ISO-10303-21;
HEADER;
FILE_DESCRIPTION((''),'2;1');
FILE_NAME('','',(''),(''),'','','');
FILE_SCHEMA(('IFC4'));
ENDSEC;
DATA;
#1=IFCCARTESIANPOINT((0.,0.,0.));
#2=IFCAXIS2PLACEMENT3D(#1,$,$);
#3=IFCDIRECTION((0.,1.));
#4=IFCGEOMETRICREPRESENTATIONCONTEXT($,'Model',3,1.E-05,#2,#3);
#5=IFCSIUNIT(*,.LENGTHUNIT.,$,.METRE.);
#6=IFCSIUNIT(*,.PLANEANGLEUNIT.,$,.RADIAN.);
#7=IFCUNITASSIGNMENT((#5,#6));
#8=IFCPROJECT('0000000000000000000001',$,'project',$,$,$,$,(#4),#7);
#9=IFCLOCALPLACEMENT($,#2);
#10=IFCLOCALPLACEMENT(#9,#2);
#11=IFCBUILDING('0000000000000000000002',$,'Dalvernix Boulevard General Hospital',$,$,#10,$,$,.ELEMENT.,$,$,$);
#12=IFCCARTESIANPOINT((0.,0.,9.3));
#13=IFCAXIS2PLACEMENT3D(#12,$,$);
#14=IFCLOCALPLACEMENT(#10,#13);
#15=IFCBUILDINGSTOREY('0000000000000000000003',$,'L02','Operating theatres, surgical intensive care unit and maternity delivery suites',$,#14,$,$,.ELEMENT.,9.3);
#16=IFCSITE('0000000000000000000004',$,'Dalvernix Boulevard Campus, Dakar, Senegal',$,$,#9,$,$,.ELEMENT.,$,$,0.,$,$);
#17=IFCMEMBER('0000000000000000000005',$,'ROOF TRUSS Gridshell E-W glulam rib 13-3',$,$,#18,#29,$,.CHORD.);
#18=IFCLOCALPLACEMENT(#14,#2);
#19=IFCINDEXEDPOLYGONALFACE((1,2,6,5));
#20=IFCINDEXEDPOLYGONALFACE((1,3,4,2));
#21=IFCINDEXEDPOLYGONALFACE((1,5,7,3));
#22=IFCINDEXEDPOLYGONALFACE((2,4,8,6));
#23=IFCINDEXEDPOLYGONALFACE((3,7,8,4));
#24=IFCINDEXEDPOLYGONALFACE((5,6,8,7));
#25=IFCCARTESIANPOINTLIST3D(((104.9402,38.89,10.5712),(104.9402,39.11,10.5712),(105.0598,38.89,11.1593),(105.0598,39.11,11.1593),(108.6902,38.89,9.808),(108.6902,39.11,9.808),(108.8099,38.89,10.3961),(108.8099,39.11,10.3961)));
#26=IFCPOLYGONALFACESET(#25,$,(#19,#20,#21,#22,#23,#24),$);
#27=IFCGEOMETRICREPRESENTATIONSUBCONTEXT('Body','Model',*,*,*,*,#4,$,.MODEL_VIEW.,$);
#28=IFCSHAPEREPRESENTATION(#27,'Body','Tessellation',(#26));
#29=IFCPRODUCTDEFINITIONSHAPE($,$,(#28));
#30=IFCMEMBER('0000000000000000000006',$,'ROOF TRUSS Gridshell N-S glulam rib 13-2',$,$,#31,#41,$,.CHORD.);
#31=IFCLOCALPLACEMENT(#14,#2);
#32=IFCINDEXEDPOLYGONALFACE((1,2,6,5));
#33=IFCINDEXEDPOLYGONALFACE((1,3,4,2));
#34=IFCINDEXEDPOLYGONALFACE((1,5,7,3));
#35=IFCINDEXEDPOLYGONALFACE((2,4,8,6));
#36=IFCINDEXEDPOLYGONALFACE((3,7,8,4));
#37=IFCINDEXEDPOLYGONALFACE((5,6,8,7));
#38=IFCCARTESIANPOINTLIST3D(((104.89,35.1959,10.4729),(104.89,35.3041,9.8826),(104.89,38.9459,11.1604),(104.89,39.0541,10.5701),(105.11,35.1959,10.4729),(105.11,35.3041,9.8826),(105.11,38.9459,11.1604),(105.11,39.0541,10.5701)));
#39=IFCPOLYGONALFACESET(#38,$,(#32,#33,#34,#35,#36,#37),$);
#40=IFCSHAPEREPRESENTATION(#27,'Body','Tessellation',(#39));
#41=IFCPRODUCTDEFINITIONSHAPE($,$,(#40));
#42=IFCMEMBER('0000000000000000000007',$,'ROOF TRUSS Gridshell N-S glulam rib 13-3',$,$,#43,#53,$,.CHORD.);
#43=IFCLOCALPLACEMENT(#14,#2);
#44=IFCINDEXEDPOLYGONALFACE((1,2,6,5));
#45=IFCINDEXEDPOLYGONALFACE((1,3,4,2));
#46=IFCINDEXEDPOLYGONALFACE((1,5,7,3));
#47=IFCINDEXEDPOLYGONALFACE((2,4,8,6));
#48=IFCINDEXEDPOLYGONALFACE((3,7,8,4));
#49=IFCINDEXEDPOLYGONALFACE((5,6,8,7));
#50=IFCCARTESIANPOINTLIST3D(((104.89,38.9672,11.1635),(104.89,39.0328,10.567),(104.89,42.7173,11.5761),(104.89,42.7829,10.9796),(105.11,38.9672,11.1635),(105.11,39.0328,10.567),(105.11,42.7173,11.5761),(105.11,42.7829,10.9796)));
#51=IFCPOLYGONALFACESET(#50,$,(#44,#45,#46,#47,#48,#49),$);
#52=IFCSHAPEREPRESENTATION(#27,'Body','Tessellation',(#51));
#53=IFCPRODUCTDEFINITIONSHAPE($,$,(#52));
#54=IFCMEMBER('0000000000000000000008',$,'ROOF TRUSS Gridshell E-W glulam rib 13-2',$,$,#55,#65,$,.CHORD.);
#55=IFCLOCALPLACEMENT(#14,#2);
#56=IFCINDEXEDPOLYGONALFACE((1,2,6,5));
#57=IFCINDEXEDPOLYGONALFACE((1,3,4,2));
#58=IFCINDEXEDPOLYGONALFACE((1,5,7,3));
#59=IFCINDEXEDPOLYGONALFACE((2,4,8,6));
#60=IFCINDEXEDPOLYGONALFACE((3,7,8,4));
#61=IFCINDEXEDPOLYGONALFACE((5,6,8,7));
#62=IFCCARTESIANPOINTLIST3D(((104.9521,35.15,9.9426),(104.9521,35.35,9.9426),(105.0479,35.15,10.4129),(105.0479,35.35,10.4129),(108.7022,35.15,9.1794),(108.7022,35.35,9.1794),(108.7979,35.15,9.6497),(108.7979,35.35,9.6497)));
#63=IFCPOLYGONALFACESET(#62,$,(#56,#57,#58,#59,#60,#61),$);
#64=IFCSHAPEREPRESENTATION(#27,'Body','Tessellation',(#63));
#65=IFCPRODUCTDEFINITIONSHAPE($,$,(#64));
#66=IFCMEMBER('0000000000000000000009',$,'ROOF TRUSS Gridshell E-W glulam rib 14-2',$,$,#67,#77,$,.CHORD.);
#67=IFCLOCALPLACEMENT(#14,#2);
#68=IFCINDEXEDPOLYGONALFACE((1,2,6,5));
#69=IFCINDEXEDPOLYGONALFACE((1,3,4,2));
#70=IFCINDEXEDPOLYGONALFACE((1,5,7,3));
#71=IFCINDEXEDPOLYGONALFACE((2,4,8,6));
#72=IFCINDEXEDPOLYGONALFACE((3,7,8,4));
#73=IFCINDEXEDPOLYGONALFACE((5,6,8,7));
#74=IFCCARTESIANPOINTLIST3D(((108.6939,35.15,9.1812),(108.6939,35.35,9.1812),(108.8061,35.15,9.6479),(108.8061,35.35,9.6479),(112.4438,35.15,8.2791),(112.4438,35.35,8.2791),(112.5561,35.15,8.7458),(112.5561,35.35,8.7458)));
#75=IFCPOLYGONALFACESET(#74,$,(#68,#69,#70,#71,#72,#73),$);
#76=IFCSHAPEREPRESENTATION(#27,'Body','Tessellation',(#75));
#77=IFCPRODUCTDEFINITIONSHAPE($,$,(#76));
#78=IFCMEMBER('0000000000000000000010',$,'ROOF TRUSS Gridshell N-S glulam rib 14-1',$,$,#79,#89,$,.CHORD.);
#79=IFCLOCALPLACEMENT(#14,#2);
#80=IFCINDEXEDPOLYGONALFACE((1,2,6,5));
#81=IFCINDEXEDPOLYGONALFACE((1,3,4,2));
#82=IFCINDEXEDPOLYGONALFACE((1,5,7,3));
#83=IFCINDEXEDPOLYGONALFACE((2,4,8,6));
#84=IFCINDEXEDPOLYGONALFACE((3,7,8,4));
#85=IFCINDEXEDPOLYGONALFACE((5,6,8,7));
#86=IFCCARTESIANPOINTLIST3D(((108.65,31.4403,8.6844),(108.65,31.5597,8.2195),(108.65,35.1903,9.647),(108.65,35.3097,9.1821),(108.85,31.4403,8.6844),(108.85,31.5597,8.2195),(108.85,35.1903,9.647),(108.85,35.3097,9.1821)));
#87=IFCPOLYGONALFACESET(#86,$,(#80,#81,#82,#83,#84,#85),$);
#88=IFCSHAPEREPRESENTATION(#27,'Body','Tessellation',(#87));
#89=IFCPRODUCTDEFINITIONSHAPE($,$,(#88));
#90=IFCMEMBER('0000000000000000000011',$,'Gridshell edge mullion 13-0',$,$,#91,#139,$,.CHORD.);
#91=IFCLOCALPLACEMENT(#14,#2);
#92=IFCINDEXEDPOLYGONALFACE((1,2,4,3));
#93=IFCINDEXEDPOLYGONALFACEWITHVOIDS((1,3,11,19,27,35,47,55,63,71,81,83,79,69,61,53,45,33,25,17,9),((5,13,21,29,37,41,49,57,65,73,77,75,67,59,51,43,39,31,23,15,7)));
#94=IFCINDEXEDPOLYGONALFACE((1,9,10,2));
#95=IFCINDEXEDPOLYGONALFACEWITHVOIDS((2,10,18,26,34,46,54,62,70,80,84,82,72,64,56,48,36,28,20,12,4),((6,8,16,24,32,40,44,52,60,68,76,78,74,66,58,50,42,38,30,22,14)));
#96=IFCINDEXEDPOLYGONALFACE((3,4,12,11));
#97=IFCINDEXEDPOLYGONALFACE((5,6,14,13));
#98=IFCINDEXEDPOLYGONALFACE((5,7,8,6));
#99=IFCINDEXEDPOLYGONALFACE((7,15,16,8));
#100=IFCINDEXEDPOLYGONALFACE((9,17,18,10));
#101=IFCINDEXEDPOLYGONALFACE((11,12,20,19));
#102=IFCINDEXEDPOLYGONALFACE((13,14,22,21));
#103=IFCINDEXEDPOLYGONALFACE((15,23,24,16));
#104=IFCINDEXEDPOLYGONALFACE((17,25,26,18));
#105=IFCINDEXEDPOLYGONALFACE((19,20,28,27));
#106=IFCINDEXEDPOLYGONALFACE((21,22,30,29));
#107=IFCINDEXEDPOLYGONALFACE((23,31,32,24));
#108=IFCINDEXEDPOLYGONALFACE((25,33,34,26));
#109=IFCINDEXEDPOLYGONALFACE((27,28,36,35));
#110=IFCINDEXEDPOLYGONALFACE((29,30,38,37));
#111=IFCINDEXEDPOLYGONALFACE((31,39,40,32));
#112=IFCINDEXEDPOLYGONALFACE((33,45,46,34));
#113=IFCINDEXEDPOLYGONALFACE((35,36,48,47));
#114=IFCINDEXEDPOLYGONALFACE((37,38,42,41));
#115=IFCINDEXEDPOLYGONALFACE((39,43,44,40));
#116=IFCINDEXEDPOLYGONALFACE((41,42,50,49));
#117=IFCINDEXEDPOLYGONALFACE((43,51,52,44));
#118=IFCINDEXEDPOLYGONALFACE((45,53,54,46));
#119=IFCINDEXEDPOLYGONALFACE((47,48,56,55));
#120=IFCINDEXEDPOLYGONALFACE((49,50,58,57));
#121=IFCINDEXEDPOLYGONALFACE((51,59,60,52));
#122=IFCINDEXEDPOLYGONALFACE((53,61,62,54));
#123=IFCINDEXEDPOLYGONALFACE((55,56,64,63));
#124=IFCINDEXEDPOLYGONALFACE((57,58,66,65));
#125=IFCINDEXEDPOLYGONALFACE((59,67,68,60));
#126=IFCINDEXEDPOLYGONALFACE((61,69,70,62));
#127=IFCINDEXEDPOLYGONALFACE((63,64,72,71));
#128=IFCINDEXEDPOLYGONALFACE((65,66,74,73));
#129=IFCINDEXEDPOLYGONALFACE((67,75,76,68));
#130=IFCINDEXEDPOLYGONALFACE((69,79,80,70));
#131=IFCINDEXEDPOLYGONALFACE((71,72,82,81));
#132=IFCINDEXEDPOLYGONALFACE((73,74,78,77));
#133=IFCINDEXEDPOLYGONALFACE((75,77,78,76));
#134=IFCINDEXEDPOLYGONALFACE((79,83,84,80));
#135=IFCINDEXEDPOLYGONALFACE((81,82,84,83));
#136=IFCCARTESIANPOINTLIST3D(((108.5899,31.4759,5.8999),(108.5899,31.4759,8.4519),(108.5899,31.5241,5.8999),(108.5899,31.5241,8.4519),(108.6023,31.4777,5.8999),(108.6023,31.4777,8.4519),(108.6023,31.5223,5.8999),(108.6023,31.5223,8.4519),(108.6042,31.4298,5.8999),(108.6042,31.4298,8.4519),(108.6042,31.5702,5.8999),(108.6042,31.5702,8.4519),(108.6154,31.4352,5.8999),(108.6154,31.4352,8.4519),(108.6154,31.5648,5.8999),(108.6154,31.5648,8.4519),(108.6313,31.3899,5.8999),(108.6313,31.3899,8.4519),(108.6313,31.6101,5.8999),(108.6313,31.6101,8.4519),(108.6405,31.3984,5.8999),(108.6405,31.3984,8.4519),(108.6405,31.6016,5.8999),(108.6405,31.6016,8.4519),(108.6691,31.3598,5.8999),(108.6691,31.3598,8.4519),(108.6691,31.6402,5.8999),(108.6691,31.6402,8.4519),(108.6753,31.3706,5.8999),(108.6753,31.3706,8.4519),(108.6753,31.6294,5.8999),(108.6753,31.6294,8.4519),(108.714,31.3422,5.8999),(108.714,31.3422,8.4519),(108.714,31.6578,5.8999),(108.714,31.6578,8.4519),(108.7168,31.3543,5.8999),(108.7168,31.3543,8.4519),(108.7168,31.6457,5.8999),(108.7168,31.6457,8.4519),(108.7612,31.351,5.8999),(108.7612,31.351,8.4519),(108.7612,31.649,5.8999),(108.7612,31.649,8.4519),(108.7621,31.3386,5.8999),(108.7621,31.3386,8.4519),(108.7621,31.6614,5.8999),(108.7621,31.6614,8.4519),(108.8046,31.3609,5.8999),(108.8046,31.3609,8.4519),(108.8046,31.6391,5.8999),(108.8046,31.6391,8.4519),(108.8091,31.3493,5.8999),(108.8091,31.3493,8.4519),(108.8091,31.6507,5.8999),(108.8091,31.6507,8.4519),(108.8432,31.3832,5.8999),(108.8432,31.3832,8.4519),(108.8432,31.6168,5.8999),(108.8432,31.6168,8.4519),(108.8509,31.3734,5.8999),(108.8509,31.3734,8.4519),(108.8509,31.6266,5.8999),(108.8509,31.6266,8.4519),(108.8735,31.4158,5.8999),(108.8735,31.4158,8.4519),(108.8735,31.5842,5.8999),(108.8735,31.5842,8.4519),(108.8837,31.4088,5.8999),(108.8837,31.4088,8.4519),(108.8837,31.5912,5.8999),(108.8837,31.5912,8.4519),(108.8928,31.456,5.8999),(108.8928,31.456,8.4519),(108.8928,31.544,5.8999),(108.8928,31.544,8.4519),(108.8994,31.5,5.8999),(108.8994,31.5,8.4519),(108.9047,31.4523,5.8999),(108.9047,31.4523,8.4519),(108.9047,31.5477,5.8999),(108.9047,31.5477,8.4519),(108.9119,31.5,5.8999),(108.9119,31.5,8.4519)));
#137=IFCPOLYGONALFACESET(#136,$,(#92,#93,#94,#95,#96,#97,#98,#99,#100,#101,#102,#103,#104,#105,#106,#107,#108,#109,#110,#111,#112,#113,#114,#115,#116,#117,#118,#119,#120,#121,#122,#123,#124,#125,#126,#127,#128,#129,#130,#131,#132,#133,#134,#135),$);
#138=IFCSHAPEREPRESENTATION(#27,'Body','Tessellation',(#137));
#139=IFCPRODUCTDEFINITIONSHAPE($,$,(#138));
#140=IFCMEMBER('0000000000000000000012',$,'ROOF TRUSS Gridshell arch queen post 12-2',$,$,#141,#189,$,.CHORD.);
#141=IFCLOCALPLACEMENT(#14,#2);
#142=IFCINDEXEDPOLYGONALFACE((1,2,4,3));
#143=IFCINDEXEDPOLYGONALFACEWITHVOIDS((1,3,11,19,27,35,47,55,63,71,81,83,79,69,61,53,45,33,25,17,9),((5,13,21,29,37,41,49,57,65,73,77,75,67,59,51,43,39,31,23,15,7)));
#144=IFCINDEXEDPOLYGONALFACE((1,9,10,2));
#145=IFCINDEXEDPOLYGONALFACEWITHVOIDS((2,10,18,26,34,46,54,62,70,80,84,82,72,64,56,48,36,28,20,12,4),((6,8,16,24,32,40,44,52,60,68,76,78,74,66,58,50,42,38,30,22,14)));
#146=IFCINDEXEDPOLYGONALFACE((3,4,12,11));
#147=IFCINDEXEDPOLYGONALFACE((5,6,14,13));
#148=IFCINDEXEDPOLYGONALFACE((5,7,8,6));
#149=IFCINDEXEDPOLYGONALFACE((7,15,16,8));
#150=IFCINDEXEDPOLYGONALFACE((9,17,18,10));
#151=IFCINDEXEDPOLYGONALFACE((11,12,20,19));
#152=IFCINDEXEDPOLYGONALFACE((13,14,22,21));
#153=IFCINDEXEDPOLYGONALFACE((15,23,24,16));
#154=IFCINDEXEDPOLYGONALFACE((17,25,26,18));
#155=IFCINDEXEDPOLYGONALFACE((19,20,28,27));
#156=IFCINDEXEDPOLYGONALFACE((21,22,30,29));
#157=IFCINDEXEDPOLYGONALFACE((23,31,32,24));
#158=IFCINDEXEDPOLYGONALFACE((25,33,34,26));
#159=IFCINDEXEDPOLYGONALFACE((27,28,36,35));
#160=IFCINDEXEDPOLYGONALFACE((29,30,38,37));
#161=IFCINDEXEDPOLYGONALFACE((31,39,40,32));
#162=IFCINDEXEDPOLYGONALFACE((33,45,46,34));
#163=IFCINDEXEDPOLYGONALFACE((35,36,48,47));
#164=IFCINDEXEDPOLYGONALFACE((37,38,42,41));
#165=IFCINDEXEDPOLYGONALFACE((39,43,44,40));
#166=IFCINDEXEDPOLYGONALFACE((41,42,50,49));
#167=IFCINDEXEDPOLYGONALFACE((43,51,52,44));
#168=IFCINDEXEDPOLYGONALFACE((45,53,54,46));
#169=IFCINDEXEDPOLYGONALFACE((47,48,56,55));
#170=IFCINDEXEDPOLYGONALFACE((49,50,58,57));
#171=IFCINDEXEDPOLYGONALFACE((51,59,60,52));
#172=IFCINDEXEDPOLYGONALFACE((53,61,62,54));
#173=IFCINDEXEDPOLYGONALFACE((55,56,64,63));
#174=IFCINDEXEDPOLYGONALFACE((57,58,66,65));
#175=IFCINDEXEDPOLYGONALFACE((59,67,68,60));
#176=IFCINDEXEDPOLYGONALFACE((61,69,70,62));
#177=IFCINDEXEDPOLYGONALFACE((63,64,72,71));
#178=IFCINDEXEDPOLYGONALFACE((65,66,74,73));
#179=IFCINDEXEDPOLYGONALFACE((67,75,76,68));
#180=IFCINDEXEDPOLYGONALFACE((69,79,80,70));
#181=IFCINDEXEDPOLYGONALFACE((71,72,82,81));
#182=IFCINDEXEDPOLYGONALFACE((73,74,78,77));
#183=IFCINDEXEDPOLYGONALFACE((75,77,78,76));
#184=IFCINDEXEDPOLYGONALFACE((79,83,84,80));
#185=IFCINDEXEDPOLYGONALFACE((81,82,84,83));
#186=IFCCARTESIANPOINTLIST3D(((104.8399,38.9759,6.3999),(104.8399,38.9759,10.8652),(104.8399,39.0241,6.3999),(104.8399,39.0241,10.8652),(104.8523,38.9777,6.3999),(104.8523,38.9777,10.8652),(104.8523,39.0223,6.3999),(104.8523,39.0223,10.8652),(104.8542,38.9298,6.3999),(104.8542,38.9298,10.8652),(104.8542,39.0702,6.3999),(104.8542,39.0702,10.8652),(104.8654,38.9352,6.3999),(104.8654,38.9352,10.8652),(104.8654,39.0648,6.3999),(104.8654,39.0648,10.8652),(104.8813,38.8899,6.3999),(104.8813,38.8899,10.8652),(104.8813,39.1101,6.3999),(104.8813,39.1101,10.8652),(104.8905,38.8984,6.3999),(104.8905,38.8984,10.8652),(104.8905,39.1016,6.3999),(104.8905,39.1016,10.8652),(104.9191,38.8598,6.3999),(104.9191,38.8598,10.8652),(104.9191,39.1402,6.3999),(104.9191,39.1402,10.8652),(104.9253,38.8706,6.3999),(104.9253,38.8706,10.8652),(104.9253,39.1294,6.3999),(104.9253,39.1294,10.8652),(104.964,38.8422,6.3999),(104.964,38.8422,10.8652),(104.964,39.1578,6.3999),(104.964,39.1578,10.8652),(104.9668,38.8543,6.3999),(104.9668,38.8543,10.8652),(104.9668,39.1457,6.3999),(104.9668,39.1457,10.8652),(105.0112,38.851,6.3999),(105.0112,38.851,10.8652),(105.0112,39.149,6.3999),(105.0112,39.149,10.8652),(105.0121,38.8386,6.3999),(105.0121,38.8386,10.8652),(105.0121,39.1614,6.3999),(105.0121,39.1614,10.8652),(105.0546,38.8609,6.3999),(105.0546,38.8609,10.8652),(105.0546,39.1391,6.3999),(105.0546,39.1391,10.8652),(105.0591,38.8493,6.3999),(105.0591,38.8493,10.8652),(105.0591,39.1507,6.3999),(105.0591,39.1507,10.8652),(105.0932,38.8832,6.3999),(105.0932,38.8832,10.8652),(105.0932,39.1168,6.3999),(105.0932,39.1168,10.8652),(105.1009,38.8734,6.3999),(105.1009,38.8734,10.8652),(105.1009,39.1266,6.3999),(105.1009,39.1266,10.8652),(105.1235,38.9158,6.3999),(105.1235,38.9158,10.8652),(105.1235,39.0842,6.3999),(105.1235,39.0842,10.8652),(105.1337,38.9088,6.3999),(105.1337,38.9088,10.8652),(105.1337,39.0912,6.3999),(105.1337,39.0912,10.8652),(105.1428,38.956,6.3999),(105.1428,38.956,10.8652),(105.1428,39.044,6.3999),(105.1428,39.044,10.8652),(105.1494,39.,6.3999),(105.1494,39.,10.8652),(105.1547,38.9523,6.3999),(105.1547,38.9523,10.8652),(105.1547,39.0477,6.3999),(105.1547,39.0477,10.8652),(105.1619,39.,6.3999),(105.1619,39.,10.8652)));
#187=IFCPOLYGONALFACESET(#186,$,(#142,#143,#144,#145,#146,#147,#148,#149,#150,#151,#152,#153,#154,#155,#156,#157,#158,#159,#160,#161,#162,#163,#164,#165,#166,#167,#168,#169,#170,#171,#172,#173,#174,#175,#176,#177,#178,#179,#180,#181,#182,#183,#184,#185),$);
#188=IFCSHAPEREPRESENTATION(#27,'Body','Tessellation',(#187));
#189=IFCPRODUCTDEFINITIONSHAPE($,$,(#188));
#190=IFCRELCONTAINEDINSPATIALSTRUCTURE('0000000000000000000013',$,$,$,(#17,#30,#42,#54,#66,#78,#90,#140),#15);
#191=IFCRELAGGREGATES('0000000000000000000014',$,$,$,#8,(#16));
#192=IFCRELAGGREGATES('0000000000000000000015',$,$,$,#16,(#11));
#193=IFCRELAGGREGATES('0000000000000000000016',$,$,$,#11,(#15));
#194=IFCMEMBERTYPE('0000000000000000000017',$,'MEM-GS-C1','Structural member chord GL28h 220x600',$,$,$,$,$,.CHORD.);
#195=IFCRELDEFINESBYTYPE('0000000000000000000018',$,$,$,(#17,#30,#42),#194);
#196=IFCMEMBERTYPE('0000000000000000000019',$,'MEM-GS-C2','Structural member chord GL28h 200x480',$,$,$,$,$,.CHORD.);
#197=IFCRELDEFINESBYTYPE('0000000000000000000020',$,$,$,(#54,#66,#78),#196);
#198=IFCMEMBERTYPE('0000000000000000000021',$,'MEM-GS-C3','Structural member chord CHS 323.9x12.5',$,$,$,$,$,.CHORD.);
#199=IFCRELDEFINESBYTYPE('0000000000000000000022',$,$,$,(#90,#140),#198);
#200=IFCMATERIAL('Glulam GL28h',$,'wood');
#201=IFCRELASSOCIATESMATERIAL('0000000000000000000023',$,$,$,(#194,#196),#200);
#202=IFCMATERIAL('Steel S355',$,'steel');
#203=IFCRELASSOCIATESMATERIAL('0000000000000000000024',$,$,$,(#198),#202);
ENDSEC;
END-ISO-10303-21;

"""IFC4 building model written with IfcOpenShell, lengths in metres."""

from ifc_helpers import new_model, si_unit, direction, frame, origin, origin_2d, place, context, subcontext, project, spatial, rectangle, hollow_circle, extrude, material, material_profile, profile_set, type_object, element, save


model = new_model("IFC4")

# Units and contexts
model_context = context("Model", 3, precision=1e-05, world=origin(), true_north=direction((0.0, 1.0)))
body_context = subcontext(model_context, "Body", "Model", "MODEL_VIEW")
ifc_project = project(units=[si_unit("LENGTHUNIT", "METRE"), si_unit("PLANEANGLEUNIT", "RADIAN")], contexts=[model_context])

# Site, building, storey
site_placement = place(None, origin())
site = spatial("IfcSite", under=ifc_project, at=site_placement, Name="Dalvernix Boulevard Campus, Dakar, Senegal", CompositionType="ELEMENT", RefElevation=0.0)
building_placement = place(site_placement, origin())
building = spatial("IfcBuilding", under=site, at=building_placement, Name="Dalvernix Boulevard General Hospital", CompositionType="ELEMENT")
storey_placement = place(building_placement, frame((0.0, 0.0, 9.3)))
storey = spatial("IfcBuildingStorey", under=building, at=storey_placement, Name="L02", Description="Operating theatres, surgical intensive care unit and maternity delivery suites", CompositionType="ELEMENT", Elevation=9.3)

# Shared definitions
ifc_material_1 = material(Name="Steel S355", Category="steel")

# Members
ifc_material_2 = material(Name="Glulam GL28h", Category="wood")
ifc_material_profile_1 = material_profile(ifc_material_2, rectangle(XDim=0.22, YDim=0.6001, at=origin_2d()), Name="GL28h 220x600")
ifc_profile_set_1 = profile_set([ifc_material_profile_1], Name="Glulam GL28h")
member_type_1 = type_object("IfcMemberType", Name="MEM-GS-C1", Description="Structural member chord GL28h 220x600", PredefinedType="CHORD", material=ifc_profile_set_1)
member_1_placement = place(storey_placement, frame((105.0, 39.0, 10.8652), z_axis=(0.979913, 0.0, -0.199428), x_axis=(0.0, 1.0, 0.0)))
element("IfcMember", 1, at=member_1_placement, inside=storey, type_object=member_type_1, Name="ROOF TRUSS Gridshell E-W glulam rib 13-3", PredefinedType="CHORD", context=body_context, shape_type="SweptSolid", body=[
    extrude(rectangle(XDim=0.22, YDim=0.6001, at=origin_2d()), origin(), (0.0, 0.0, 1.0), 3.8269),
])
member_2_placement = place(storey_placement, frame((105.0, 35.25, 10.1777), z_axis=(0.0, 0.983607, 0.180328), x_axis=(-1.0, 0.0, 0.0)))
element("IfcMember", 2, at=member_2_placement, inside=storey, type_object=member_type_1, Name="ROOF TRUSS Gridshell N-S glulam rib 13-2", PredefinedType="CHORD", context=body_context, shape_type="SweptSolid", body=[
    extrude(rectangle(XDim=0.22, YDim=0.6001, at=origin_2d()), origin(), (0.0, 0.0, 1.0), 3.8125),
])
member_3_placement = place(storey_placement, frame((105.0, 39.0, 10.8652), z_axis=(0.0, 0.994002, 0.109366), x_axis=(-1.0, 0.0, 0.0)))
element("IfcMember", 3, at=member_3_placement, inside=storey, type_object=member_type_1, Name="ROOF TRUSS Gridshell N-S glulam rib 13-3", PredefinedType="CHORD", context=body_context, shape_type="SweptSolid", body=[
    extrude(rectangle(XDim=0.22, YDim=0.6001, at=origin_2d()), origin(), (0.0, 0.0, 1.0), 3.7727),
])
ifc_material_profile_2 = material_profile(ifc_material_2, rectangle(XDim=0.2, YDim=0.48, at=origin_2d()), Name="GL28h 200x480")
ifc_profile_set_2 = profile_set([ifc_material_profile_2], Name="Glulam GL28h")
member_type_2 = type_object("IfcMemberType", Name="MEM-GS-C2", Description="Structural member chord GL28h 200x480", PredefinedType="CHORD", material=ifc_profile_set_2)
member_4_placement = place(storey_placement, frame((105.0, 35.25, 10.1777), z_axis=(0.979913, 0.0, -0.199428), x_axis=(0.0, 1.0, 0.0)))
element("IfcMember", 4, at=member_4_placement, inside=storey, type_object=member_type_2, Name="ROOF TRUSS Gridshell E-W glulam rib 13-2", PredefinedType="CHORD", context=body_context, shape_type="SweptSolid", body=[
    extrude(rectangle(XDim=0.2, YDim=0.48, at=origin_2d()), origin(), (0.0, 0.0, 1.0), 3.8269),
])
member_5_placement = place(storey_placement, frame((108.75, 35.25, 9.4146), z_axis=(0.972264, 0.0, -0.233888), x_axis=(0.0, 1.0, 0.0)))
element("IfcMember", 5, at=member_5_placement, inside=storey, type_object=member_type_2, Name="ROOF TRUSS Gridshell E-W glulam rib 14-2", PredefinedType="CHORD", context=body_context, shape_type="SweptSolid", body=[
    extrude(rectangle(XDim=0.2, YDim=0.48, at=origin_2d()), origin(), (0.0, 0.0, 1.0), 3.8569),
])
member_6_placement = place(storey_placement, frame((108.75, 31.5, 8.4519), z_axis=(0.0, 0.968595, 0.248644), x_axis=(-1.0, 0.0, 0.0)))
element("IfcMember", 6, at=member_6_placement, inside=storey, type_object=member_type_2, Name="ROOF TRUSS Gridshell N-S glulam rib 14-1", PredefinedType="CHORD", context=body_context, shape_type="SweptSolid", body=[
    extrude(rectangle(XDim=0.2, YDim=0.48, at=origin_2d()), origin(), (0.0, 0.0, 1.0), 3.8716),
])
ifc_material_profile_3 = material_profile(ifc_material_1, hollow_circle(Radius=0.1619, WallThickness=0.0125, at=origin_2d()), Name="CHS 323.9x12.5")
ifc_profile_set_3 = profile_set([ifc_material_profile_3], Name="Steel S355")
member_type_3 = type_object("IfcMemberType", Name="MEM-GS-C3", Description="Structural member chord CHS 323.9x12.5", PredefinedType="CHORD", material=ifc_profile_set_3)
member_7_placement = place(storey_placement, frame((108.75, 31.5, 5.8999), z_axis=(0.0, 0.0, 1.0), x_axis=(1.0, 0.0, 0.0)))
element("IfcMember", 7, at=member_7_placement, inside=storey, type_object=member_type_3, Name="Gridshell edge mullion 13-0", PredefinedType="CHORD", context=body_context, shape_type="SweptSolid", body=[
    extrude(hollow_circle(Radius=0.1619, WallThickness=0.0125, at=origin_2d()), origin(), (0.0, 0.0, 1.0), 2.552),
])
member_8_placement = place(storey_placement, frame((105.0, 39.0, 6.3999), z_axis=(0.0, 0.0, 1.0), x_axis=(1.0, 0.0, 0.0)))
element("IfcMember", 8, at=member_8_placement, inside=storey, type_object=member_type_3, Name="ROOF TRUSS Gridshell arch queen post 12-2", PredefinedType="CHORD", context=body_context, shape_type="SweptSolid", body=[
    extrude(hollow_circle(Radius=0.1619, WallThickness=0.0125, at=origin_2d()), origin(), (0.0, 0.0, 1.0), 4.4653),
])

save(model, "model.ifc")
